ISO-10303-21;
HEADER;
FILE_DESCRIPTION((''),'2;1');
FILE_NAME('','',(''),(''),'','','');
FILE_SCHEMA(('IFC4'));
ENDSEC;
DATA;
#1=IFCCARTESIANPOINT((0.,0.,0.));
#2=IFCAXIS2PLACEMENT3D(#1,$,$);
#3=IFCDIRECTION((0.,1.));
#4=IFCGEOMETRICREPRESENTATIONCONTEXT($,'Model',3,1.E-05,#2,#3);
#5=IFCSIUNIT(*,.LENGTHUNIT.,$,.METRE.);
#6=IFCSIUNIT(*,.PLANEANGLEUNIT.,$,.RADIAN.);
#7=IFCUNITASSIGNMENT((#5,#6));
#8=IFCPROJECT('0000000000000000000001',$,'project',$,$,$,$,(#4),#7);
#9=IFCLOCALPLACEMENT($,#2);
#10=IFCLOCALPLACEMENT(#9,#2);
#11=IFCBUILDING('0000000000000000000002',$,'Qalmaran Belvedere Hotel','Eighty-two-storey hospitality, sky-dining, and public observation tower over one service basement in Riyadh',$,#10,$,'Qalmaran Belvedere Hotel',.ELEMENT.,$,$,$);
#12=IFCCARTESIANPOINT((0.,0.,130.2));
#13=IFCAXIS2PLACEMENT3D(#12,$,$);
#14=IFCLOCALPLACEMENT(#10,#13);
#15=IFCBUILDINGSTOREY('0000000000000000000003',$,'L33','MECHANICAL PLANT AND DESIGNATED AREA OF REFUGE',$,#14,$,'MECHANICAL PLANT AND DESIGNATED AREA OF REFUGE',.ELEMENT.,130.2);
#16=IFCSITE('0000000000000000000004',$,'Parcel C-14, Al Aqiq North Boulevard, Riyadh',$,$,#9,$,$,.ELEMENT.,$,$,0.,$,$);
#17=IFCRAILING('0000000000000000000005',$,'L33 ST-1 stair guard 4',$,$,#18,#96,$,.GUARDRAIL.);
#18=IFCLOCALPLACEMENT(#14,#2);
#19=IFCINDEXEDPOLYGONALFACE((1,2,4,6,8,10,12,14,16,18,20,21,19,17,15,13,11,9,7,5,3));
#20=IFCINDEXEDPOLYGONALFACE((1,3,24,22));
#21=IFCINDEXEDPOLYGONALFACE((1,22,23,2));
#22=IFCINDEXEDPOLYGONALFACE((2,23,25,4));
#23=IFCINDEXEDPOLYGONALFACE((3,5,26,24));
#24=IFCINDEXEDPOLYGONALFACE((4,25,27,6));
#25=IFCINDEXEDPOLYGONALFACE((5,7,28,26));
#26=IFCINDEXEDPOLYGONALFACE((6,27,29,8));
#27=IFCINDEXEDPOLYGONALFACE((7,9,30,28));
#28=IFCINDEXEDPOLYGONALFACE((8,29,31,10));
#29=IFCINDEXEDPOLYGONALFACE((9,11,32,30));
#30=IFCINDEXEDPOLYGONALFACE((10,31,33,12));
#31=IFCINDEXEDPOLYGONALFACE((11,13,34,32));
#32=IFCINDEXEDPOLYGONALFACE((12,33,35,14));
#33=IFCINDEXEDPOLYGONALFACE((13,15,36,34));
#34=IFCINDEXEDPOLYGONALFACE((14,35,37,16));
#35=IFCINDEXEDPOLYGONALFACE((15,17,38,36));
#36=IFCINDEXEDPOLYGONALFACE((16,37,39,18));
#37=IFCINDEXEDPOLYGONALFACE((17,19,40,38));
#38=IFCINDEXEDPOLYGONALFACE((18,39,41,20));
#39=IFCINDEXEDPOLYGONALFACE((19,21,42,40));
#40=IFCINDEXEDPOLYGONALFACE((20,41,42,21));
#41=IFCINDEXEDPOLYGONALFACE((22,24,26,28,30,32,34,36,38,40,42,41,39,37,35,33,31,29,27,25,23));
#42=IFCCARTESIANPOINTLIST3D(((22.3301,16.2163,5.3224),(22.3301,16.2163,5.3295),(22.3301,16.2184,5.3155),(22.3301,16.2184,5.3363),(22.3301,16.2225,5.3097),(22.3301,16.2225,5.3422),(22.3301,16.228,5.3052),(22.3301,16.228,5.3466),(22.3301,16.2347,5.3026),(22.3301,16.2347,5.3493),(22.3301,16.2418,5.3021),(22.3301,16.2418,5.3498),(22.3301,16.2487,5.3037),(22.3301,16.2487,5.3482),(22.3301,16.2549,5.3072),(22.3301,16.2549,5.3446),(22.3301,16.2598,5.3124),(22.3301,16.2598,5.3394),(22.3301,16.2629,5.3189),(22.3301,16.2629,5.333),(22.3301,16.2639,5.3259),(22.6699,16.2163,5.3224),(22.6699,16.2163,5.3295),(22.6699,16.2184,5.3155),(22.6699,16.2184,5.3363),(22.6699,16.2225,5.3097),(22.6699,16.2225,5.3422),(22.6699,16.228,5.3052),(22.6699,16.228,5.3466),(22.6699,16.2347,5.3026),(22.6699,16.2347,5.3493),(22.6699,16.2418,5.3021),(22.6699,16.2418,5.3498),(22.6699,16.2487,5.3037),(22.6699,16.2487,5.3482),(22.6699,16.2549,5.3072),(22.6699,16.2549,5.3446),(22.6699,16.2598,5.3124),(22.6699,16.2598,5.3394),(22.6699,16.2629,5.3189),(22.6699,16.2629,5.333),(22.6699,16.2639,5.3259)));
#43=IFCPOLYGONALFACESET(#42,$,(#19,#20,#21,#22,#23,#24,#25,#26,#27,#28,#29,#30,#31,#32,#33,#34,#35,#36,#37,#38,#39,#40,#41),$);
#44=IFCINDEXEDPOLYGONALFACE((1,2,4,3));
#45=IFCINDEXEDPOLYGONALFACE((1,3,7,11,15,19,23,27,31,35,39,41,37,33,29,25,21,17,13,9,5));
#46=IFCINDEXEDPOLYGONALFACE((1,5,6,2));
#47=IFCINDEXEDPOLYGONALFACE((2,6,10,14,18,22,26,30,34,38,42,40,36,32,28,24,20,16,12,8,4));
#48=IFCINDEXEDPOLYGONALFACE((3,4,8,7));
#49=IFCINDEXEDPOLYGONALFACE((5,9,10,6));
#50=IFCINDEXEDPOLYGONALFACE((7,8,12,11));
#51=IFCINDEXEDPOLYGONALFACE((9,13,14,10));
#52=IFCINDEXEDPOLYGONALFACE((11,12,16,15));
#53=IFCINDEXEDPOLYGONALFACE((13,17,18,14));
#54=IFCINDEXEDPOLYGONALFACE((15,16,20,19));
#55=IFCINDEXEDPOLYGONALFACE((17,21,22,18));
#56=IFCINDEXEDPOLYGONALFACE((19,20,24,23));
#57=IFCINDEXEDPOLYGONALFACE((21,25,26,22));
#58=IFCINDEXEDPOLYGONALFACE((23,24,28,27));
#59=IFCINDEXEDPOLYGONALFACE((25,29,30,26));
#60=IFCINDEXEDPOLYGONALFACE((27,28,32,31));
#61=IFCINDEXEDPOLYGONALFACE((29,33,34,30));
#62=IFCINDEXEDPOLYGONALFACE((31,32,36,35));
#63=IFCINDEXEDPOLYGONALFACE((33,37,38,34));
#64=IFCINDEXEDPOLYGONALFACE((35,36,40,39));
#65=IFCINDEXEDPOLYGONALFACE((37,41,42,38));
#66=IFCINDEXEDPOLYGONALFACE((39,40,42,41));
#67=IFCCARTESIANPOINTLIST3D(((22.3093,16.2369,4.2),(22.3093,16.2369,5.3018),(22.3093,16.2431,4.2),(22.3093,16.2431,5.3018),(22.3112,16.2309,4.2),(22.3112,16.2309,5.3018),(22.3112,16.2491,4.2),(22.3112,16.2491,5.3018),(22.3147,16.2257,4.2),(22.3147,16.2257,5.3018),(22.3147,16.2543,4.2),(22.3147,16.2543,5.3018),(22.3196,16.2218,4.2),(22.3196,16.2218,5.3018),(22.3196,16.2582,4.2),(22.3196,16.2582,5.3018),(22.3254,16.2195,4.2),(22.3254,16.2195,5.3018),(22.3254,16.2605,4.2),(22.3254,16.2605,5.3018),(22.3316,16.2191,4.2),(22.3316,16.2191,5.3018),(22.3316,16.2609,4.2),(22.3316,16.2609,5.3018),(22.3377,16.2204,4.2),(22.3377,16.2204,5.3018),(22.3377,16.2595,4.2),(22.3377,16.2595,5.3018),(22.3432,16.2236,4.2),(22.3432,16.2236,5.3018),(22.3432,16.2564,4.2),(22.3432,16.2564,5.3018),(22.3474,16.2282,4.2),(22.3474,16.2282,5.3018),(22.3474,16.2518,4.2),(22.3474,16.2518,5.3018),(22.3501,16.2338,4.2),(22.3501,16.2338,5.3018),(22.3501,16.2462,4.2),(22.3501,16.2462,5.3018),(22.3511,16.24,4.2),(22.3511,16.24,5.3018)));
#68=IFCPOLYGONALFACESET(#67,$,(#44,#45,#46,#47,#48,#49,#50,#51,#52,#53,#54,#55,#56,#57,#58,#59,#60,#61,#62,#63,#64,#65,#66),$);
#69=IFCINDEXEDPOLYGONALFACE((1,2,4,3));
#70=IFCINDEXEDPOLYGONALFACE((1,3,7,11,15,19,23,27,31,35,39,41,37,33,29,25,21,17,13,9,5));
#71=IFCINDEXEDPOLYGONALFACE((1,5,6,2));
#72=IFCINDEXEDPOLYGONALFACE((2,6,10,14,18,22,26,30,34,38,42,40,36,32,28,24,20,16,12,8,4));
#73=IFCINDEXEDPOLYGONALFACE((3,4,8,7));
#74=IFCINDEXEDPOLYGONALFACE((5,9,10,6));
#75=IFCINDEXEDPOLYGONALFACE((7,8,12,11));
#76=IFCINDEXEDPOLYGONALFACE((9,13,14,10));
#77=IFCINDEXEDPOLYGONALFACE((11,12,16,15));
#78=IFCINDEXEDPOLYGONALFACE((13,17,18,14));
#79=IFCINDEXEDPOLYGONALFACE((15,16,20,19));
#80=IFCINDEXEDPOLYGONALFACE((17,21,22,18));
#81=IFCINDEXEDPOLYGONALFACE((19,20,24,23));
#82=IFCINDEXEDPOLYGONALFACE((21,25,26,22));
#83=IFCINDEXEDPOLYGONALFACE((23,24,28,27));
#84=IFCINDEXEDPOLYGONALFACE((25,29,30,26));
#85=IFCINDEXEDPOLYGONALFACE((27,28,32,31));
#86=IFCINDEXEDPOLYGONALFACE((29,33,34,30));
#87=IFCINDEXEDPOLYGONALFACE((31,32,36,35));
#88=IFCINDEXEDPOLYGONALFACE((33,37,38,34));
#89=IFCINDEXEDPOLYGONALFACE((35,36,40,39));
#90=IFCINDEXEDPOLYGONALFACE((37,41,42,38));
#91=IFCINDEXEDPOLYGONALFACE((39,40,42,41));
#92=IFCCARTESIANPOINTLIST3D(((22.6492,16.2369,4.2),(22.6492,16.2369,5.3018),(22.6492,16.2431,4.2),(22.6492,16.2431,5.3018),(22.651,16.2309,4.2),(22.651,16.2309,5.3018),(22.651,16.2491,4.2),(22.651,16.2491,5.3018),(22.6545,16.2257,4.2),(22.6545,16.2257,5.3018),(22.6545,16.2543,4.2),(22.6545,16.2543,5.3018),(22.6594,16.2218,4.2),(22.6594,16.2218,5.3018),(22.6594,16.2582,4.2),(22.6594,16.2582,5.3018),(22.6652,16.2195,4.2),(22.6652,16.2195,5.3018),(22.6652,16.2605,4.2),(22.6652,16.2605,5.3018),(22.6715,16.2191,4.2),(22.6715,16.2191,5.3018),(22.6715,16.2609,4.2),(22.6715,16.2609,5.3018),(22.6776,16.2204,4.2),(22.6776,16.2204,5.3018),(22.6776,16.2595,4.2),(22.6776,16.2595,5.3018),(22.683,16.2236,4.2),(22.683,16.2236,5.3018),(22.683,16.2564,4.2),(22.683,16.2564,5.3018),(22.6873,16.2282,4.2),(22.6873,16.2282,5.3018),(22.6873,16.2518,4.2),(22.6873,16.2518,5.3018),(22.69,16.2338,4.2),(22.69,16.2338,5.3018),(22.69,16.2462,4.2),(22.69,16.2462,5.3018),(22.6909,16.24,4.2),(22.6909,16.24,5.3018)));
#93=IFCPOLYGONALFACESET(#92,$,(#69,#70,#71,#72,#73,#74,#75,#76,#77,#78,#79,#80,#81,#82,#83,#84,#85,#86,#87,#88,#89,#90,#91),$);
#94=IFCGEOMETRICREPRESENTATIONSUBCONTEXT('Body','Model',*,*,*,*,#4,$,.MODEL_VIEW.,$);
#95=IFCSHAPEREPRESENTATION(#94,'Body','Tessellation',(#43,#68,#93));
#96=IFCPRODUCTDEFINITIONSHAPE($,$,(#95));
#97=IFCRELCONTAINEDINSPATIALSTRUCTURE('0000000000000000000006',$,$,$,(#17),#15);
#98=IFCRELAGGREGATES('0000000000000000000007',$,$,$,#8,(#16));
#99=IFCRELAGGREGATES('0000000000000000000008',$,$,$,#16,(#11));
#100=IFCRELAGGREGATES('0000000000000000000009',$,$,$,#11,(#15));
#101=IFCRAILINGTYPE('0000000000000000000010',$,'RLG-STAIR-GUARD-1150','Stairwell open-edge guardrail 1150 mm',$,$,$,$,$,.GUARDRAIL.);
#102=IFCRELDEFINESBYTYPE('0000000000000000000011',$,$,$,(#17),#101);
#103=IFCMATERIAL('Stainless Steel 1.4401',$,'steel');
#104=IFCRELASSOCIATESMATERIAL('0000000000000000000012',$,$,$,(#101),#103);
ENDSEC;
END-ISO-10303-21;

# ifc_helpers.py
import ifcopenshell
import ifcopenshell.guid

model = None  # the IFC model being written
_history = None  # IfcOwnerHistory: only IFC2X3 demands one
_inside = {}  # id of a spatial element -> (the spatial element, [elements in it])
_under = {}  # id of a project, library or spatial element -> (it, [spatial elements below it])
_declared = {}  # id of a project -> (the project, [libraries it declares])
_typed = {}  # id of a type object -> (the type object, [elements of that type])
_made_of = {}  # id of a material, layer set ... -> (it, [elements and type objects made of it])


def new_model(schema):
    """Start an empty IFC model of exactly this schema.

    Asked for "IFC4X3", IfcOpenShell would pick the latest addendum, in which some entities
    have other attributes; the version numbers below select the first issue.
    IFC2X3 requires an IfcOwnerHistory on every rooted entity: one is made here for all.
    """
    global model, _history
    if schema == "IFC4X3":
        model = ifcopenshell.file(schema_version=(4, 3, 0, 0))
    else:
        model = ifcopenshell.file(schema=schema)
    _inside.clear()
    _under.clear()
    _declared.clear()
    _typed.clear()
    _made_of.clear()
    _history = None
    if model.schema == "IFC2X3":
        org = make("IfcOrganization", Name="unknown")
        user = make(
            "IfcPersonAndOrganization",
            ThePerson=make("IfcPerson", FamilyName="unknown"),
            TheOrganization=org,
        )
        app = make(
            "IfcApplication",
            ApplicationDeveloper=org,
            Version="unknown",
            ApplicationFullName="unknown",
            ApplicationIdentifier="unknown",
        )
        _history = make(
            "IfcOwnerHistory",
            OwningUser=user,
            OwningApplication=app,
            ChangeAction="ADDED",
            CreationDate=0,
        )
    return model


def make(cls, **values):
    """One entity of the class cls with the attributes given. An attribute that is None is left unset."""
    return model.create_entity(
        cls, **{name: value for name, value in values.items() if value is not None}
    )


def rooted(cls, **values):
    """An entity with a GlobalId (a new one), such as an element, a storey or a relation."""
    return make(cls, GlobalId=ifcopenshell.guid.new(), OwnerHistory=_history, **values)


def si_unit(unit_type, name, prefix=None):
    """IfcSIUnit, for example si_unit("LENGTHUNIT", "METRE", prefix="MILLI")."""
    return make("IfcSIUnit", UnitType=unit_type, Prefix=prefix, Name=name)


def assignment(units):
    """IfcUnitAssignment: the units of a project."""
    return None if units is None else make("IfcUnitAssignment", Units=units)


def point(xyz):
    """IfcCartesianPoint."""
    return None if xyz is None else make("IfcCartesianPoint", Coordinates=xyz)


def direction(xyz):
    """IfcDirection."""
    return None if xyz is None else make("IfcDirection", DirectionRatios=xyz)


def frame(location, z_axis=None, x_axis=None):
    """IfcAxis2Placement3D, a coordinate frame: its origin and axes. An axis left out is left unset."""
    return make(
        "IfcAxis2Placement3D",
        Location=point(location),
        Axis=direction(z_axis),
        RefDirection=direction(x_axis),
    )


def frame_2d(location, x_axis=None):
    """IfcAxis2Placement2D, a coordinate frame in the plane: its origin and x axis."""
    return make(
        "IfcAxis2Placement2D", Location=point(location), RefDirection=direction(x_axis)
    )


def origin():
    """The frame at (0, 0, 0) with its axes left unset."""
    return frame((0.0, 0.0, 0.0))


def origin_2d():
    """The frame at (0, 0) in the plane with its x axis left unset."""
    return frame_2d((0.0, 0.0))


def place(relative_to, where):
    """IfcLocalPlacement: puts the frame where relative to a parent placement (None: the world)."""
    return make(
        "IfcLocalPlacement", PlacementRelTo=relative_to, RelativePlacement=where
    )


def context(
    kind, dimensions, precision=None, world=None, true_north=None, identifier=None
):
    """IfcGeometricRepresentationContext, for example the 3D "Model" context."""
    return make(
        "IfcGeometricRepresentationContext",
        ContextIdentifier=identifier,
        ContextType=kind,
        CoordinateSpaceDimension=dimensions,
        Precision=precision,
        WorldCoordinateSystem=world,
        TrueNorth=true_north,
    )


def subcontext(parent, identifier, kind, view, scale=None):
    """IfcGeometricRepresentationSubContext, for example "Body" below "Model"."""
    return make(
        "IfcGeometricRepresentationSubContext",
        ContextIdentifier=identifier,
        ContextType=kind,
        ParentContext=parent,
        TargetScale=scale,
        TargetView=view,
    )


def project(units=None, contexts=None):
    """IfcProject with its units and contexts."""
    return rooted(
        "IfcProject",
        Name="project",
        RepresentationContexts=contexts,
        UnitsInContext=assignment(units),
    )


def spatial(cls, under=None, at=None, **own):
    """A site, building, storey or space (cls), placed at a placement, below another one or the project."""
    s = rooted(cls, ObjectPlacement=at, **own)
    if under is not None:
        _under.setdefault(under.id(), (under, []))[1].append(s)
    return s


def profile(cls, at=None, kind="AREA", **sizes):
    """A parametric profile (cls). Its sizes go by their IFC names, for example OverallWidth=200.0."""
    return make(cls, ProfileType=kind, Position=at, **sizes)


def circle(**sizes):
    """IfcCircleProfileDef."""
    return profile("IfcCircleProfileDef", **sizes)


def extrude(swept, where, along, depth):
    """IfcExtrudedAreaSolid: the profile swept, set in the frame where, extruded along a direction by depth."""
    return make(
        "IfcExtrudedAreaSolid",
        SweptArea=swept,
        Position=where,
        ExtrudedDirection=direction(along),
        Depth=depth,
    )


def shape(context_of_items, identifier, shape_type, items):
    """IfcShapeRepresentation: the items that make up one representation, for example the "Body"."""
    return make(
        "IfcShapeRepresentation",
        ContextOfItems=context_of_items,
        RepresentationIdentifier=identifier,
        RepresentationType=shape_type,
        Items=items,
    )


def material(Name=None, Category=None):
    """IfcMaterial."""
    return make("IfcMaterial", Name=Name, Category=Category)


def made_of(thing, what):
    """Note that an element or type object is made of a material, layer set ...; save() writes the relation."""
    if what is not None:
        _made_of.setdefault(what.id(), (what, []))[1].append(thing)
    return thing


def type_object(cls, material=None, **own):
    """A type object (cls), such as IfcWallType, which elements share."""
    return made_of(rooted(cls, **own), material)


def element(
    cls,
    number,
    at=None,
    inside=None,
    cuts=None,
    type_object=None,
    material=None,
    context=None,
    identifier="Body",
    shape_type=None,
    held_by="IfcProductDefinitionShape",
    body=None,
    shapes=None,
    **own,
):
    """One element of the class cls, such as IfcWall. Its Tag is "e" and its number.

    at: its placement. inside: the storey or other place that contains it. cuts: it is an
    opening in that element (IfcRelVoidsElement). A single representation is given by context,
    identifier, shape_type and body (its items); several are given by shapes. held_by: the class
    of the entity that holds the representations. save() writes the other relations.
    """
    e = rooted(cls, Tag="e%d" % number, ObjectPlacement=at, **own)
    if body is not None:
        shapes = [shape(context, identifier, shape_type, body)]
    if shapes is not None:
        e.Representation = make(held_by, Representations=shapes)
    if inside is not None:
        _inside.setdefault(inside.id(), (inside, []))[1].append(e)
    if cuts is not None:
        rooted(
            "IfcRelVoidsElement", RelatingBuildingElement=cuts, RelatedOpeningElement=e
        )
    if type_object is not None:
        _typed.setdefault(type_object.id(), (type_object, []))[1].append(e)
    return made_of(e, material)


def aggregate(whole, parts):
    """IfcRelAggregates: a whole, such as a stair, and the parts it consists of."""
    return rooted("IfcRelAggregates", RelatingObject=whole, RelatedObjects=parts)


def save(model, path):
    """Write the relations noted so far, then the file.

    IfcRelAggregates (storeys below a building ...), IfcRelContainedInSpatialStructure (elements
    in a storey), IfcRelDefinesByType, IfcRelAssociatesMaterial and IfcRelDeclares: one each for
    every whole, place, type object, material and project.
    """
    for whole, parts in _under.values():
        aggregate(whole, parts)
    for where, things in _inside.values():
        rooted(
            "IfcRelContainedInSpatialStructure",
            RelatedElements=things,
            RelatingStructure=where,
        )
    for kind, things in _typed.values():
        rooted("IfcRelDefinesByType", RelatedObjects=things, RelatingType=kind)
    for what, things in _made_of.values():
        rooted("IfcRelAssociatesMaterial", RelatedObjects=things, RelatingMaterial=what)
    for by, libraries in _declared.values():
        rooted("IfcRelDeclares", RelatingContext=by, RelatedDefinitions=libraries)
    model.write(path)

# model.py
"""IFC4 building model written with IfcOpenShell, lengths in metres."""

from ifc_helpers import new_model, si_unit, direction, frame, origin, origin_2d, place, context, subcontext, project, spatial, circle, extrude, material, type_object, element, save


model = new_model("IFC4")

# Units and contexts
model_context = context("Model", 3, precision=1e-05, world=origin(), true_north=direction((0.0, 1.0)))
body_context = subcontext(model_context, "Body", "Model", "MODEL_VIEW")
ifc_project = project(units=[si_unit("LENGTHUNIT", "METRE"), si_unit("PLANEANGLEUNIT", "RADIAN")], contexts=[model_context])

# Site, building, storey
site_placement = place(None, origin())
site = spatial("IfcSite", under=ifc_project, at=site_placement, Name="Parcel C-14, Al Aqiq North Boulevard, Riyadh", CompositionType="ELEMENT", RefElevation=0.0)
building_placement = place(site_placement, origin())
building = spatial("IfcBuilding", under=site, at=building_placement, Name="Qalmaran Belvedere Hotel", Description="Eighty-two-storey hospitality, sky-dining, and public observation tower over one service basement in Riyadh", LongName="Qalmaran Belvedere Hotel", CompositionType="ELEMENT")
storey_placement = place(building_placement, frame((0.0, 0.0, 130.2)))
storey = spatial("IfcBuildingStorey", under=building, at=storey_placement, Name="L33", Description="MECHANICAL PLANT AND DESIGNATED AREA OF REFUGE", LongName="MECHANICAL PLANT AND DESIGNATED AREA OF REFUGE", CompositionType="ELEMENT", Elevation=130.2)

# Railing
ifc_material_1 = material(Name="Stainless Steel 1.4401", Category="steel")
railing_type_1 = type_object("IfcRailingType", Name="RLG-STAIR-GUARD-1150", Description="Stairwell open-edge guardrail 1150 mm", PredefinedType="GUARDRAIL", material=ifc_material_1)
railing_1_placement = place(storey_placement, frame((22.3301, 16.24, 4.2)))
element("IfcRailing", 1, at=railing_1_placement, inside=storey, type_object=railing_type_1, Name="L33 ST-1 stair guard 4", PredefinedType="GUARDRAIL", context=body_context, shape_type="SweptSolid", body=[
    extrude(circle(Radius=0.0239, at=origin_2d()), frame((0.0, 0.0, 1.126), z_axis=(1.0, 0.0, 0.0), x_axis=(0.0, 1.0, 0.0)), (0.0, 0.0, 1.0), 0.3398),
    extrude(circle(Radius=0.021, at=origin_2d()), origin(), (0.0, 0.0, 1.0), 1.1018),
    extrude(circle(Radius=0.021, at=origin_2d()), frame((0.3398, 0.0, 0.0)), (0.0, 0.0, 1.0), 1.1018),
])

save(model, "model.ifc")
